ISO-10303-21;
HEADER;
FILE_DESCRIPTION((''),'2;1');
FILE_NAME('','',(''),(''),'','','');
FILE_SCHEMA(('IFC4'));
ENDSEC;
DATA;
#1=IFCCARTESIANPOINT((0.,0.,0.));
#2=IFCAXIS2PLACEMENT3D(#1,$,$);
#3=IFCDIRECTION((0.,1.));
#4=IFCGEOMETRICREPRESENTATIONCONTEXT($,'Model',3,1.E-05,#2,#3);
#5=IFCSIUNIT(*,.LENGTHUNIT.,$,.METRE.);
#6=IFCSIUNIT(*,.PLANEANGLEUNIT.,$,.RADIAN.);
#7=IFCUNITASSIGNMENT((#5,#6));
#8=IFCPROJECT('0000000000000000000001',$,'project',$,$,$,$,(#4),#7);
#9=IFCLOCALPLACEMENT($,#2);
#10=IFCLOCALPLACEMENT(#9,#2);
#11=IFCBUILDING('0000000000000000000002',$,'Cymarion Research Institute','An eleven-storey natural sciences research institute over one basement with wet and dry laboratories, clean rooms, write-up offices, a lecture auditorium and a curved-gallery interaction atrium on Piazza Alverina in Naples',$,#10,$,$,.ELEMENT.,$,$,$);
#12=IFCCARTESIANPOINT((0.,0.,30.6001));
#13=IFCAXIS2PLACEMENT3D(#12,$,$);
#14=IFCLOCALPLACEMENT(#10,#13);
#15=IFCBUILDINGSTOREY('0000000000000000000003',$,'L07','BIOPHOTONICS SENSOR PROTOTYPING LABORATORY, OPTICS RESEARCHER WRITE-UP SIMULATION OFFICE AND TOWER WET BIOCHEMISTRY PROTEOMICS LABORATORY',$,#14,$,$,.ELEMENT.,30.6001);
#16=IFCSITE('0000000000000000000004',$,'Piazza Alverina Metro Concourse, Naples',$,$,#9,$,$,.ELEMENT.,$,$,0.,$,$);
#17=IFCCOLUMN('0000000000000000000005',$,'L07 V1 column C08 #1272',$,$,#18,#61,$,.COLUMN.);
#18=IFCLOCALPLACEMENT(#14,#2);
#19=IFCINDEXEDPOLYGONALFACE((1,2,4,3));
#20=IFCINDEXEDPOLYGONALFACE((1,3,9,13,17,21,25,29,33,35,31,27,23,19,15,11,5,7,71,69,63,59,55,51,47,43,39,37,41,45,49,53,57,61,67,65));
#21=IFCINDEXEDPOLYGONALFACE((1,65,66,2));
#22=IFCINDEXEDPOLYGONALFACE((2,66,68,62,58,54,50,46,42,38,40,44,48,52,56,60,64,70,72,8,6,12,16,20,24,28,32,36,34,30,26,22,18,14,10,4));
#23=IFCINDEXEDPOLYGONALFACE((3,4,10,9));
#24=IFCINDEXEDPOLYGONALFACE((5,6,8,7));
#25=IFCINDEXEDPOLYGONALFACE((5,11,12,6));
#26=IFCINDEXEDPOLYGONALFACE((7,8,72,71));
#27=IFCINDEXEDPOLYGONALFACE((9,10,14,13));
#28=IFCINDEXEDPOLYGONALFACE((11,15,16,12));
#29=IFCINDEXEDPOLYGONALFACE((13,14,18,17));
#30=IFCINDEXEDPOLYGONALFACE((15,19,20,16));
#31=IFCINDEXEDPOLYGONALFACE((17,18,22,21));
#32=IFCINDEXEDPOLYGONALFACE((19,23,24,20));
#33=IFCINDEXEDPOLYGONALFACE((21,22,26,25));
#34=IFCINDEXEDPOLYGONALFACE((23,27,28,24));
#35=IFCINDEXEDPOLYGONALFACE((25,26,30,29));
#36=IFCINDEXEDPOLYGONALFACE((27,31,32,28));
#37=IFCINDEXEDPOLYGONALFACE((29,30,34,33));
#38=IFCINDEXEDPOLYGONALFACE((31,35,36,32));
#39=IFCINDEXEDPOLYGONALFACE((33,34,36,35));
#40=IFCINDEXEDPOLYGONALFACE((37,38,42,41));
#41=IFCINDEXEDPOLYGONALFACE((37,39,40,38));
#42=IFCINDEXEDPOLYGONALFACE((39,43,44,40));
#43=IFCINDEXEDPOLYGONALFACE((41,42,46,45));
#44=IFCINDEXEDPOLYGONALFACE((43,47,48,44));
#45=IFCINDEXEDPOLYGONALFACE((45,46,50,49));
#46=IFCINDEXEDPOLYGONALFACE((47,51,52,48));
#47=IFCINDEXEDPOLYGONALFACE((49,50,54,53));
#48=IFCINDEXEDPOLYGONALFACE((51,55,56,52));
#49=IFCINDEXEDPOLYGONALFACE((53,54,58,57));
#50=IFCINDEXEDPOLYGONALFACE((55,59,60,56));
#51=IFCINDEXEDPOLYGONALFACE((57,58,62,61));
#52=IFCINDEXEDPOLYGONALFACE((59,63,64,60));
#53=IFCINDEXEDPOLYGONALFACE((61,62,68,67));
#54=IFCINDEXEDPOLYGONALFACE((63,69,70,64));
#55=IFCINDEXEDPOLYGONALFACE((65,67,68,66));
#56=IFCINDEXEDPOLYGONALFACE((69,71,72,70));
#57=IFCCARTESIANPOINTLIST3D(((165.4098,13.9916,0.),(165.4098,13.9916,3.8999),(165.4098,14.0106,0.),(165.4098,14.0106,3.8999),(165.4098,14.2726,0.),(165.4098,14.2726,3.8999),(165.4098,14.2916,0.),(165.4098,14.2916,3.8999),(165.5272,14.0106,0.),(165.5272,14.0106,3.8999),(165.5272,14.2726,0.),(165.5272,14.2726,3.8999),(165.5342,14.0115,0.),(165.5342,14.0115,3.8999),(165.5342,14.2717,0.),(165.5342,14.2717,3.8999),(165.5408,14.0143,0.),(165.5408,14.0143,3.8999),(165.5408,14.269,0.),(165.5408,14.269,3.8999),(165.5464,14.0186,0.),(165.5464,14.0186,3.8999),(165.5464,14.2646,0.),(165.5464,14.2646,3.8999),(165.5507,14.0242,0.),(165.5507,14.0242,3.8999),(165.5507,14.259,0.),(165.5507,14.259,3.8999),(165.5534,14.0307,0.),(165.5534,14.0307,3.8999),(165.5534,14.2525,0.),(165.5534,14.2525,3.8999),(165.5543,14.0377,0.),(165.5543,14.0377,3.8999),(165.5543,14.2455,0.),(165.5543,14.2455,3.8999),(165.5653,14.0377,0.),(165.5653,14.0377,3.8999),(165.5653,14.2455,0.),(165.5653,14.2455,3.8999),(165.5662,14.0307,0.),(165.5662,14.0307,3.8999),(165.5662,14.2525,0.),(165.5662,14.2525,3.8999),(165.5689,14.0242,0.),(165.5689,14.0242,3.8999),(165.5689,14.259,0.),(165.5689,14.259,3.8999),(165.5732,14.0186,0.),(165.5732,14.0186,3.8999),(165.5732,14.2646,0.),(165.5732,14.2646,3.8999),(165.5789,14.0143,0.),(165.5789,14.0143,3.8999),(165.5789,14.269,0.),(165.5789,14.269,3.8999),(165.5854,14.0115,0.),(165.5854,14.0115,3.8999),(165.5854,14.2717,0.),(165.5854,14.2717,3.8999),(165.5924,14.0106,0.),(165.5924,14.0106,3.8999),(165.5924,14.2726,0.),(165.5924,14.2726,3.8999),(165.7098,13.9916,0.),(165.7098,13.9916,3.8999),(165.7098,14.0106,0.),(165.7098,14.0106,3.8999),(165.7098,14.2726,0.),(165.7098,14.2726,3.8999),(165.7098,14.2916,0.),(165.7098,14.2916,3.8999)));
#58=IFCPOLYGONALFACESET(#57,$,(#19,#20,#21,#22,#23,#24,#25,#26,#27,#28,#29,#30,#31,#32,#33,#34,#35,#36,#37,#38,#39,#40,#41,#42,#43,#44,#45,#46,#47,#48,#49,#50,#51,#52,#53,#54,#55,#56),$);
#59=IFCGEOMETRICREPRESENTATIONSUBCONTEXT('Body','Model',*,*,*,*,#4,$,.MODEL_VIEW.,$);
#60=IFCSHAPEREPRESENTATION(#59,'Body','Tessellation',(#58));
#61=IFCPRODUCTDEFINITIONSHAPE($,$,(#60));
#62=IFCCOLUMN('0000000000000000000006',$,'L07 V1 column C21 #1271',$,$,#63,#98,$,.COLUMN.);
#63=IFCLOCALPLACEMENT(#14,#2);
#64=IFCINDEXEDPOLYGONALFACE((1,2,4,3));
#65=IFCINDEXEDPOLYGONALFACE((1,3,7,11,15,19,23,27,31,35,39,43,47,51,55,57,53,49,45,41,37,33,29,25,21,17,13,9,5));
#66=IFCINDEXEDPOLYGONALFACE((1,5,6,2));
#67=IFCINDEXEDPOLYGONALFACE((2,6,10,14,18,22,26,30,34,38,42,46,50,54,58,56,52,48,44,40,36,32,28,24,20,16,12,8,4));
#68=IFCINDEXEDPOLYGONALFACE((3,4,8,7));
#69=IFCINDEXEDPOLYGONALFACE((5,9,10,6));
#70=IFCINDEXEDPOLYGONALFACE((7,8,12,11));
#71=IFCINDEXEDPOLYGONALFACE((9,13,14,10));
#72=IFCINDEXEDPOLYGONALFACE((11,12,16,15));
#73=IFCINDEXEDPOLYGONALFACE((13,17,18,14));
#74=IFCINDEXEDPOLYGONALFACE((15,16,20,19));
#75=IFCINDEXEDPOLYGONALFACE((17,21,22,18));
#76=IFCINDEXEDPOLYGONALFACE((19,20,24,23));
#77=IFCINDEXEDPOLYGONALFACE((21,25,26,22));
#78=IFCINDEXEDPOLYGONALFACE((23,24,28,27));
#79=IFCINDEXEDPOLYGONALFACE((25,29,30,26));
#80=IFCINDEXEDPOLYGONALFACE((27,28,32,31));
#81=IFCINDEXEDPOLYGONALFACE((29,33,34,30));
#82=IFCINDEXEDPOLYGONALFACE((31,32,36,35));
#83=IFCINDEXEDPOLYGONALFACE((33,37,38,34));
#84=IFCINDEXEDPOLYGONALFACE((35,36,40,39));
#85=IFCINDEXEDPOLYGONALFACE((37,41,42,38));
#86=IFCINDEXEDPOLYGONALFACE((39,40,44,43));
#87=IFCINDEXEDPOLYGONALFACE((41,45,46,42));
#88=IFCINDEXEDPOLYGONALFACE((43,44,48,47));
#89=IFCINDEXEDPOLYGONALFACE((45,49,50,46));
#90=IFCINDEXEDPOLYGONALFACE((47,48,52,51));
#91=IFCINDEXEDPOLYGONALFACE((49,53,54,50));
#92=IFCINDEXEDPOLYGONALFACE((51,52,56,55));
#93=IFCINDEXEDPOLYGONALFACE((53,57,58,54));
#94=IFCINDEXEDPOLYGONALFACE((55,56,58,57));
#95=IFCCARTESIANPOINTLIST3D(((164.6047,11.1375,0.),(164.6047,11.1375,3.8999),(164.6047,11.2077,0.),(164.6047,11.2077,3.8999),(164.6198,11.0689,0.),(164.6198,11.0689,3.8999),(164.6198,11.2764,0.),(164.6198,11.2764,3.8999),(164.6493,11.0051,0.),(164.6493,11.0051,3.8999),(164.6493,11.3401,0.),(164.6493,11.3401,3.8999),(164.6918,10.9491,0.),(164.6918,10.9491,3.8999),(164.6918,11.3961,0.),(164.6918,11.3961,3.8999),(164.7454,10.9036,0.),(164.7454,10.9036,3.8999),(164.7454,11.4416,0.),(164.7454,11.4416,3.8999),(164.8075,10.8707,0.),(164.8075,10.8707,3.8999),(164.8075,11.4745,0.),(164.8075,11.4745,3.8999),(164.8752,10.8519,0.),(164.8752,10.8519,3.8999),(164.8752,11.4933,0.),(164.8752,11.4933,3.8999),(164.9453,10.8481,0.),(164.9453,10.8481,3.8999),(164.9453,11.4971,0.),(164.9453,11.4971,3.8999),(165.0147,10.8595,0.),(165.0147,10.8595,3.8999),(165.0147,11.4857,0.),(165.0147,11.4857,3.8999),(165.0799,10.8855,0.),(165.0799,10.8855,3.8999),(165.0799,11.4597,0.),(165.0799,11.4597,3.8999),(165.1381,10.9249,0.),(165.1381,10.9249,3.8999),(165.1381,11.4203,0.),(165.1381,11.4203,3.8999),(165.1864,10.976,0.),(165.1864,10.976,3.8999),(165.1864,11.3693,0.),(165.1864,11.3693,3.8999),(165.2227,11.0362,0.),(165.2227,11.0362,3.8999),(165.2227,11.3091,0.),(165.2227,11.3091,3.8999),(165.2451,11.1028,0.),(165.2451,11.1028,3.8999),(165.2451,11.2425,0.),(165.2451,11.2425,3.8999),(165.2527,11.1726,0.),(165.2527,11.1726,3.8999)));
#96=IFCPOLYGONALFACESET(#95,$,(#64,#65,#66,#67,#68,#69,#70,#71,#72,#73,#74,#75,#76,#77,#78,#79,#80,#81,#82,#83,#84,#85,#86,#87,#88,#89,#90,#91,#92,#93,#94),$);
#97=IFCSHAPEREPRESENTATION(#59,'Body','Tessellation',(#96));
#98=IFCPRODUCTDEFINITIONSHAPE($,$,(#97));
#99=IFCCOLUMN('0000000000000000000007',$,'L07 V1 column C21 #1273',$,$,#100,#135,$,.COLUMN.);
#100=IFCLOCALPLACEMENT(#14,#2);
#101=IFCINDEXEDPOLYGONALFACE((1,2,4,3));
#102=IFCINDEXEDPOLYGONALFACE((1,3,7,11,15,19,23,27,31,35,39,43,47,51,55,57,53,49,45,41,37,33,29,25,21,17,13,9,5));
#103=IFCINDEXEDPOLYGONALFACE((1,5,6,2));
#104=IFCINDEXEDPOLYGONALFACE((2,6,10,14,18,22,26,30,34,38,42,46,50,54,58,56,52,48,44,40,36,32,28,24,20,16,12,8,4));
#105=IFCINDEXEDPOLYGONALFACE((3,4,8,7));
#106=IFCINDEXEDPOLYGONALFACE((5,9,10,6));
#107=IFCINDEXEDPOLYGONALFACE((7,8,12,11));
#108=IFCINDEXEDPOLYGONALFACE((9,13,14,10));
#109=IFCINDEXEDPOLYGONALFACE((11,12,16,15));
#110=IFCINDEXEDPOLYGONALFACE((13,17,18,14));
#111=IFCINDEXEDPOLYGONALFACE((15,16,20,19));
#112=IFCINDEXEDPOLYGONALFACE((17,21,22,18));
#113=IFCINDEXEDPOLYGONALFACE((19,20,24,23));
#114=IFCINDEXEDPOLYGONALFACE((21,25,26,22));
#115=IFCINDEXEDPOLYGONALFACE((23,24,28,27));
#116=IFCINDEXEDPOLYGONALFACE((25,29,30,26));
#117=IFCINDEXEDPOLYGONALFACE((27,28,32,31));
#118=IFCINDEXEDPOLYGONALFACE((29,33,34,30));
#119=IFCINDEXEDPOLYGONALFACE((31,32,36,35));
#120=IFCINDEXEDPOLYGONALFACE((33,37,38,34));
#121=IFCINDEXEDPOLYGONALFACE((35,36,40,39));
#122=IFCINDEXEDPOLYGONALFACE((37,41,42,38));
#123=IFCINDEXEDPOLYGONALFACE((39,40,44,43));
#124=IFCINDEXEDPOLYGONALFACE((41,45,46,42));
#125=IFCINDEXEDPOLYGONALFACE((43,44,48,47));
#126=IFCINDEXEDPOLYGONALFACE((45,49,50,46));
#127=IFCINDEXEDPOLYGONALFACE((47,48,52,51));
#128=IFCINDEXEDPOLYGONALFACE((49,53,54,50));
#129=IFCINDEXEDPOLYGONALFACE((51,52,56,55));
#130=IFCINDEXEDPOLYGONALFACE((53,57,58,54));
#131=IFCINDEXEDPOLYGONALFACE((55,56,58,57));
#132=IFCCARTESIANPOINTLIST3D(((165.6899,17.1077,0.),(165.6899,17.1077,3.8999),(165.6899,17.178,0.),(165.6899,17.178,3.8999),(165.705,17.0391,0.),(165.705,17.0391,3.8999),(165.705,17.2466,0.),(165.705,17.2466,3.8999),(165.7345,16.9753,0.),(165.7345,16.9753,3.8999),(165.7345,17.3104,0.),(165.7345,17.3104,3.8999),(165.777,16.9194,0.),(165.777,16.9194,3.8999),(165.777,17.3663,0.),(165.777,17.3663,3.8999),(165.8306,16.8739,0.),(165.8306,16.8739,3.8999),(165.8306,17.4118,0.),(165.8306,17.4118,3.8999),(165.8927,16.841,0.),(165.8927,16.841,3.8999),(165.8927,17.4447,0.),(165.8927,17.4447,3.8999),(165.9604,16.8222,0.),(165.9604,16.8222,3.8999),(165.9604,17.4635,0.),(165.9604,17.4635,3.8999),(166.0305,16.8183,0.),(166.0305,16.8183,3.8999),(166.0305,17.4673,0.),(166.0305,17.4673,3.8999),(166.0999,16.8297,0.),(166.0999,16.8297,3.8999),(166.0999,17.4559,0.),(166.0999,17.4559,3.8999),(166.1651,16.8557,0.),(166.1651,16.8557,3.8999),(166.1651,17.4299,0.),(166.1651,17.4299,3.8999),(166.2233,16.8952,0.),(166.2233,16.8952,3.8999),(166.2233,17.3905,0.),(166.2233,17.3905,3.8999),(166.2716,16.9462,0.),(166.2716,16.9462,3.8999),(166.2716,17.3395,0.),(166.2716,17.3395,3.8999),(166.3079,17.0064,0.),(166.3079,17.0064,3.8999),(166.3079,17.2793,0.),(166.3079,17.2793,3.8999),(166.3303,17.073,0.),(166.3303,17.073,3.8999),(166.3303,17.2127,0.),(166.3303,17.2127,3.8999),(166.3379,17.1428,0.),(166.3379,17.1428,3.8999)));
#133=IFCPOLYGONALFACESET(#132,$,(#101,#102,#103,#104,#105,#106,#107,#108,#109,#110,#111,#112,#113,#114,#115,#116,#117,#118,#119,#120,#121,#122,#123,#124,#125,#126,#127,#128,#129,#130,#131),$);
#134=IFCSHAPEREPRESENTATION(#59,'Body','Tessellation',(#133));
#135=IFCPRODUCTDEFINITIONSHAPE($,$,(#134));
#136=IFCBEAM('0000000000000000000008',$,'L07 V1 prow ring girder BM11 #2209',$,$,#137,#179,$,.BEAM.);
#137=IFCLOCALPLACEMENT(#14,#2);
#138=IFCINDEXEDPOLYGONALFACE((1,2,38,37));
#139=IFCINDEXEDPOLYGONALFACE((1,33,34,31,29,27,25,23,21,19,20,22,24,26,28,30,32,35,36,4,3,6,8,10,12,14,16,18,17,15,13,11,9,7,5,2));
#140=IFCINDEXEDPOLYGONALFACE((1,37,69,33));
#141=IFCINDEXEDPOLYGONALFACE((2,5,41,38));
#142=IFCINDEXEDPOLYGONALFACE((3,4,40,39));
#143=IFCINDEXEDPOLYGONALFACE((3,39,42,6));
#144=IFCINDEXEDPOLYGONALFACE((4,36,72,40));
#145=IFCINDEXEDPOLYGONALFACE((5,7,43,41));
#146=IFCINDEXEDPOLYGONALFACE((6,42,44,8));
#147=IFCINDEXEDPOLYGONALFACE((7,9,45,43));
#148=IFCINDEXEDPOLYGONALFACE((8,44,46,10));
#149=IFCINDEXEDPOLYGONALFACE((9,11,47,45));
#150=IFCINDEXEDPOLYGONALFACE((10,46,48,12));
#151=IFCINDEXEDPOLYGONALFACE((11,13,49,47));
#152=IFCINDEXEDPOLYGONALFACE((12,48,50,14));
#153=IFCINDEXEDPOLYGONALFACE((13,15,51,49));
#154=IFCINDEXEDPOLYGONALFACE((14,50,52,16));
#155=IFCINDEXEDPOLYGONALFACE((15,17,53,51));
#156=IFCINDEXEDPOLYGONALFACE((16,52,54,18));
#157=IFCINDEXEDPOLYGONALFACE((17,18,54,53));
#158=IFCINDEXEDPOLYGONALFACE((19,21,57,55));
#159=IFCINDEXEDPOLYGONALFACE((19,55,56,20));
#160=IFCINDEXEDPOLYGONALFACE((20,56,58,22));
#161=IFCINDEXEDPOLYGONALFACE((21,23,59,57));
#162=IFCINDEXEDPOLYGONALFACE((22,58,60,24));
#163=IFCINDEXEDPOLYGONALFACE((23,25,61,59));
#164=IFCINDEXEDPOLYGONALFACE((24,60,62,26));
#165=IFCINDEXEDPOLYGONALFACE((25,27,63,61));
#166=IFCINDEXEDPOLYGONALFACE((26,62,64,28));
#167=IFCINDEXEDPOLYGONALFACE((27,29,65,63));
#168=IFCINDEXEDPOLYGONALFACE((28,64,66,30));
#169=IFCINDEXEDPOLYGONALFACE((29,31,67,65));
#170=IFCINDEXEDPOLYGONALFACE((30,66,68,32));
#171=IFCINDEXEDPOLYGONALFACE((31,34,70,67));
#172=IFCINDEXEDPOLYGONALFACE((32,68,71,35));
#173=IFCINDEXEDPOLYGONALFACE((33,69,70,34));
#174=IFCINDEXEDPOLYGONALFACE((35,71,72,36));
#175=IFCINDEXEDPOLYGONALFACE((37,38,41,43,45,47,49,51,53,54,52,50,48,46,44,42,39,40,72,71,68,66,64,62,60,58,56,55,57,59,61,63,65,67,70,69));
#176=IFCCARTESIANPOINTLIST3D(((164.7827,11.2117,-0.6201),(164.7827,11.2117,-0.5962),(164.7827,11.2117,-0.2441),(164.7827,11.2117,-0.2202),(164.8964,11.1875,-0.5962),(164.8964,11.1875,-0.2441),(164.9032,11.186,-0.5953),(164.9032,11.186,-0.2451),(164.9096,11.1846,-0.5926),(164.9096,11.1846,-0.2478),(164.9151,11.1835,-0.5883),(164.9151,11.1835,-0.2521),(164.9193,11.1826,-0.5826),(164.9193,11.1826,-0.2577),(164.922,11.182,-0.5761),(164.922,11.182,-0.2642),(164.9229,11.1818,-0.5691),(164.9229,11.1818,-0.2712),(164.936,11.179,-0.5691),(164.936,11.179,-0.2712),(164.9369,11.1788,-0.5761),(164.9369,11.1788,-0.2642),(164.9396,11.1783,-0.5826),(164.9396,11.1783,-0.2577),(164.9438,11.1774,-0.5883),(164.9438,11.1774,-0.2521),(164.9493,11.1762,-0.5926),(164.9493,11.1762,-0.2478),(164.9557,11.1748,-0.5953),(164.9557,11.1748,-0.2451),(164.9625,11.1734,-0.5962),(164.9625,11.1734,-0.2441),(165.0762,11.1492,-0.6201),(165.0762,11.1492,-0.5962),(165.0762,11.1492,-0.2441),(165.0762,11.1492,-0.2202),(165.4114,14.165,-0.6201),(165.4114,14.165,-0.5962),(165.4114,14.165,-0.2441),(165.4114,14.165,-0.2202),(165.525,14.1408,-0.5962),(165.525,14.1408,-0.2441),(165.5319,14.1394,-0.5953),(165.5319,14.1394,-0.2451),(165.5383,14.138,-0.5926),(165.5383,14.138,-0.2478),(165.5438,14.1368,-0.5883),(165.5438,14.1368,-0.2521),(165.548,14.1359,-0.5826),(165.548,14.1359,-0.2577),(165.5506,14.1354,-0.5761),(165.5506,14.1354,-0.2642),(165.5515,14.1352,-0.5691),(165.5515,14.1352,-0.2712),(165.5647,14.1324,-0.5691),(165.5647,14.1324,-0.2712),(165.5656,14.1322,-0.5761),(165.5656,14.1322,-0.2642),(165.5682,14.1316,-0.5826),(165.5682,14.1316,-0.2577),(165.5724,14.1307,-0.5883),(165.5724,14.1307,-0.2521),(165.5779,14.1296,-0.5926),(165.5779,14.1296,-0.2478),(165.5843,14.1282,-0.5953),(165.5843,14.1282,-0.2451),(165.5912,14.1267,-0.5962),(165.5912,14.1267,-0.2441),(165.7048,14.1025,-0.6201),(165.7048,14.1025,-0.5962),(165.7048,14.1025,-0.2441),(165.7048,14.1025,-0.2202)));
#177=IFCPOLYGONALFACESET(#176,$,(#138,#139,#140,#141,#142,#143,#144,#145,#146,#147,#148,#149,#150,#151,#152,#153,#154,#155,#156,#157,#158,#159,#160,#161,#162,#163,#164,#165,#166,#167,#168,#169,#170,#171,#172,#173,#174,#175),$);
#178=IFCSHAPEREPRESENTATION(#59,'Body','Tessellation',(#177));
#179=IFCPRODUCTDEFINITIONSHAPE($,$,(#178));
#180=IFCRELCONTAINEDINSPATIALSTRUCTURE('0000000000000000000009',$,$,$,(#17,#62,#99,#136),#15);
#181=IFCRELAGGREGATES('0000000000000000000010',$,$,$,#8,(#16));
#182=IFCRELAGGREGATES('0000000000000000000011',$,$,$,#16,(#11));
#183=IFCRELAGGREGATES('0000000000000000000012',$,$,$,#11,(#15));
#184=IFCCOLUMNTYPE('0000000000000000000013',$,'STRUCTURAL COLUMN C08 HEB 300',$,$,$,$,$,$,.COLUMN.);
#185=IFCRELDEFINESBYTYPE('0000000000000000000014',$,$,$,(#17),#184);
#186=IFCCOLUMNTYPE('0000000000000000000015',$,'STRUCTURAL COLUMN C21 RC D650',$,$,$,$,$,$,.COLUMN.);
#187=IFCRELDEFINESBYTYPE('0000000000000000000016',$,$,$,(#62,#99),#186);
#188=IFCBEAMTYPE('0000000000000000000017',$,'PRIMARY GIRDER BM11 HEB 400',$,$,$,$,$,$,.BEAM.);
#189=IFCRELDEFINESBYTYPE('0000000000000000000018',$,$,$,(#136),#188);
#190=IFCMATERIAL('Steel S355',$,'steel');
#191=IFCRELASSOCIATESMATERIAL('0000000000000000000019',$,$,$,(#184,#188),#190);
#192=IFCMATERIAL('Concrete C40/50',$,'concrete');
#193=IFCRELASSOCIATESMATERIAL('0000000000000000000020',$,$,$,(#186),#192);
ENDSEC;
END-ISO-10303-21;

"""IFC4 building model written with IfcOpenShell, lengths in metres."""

from ifc_helpers import new_model, si_unit, direction, frame, origin, origin_2d, place, context, subcontext, project, spatial, circle, i_section, extrude, material, material_profile, profile_set, type_object, element, save


model = new_model("IFC4")

# Units and contexts
model_context = context("Model", 3, precision=1e-05, world=origin(), true_north=direction((0.0, 1.0)))
body_context = subcontext(model_context, "Body", "Model", "MODEL_VIEW")
ifc_project = project(units=[si_unit("LENGTHUNIT", "METRE"), si_unit("PLANEANGLEUNIT", "RADIAN")], contexts=[model_context])

# Site, building, storey
site_placement = place(None, origin())
site = spatial("IfcSite", under=ifc_project, at=site_placement, Name="Piazza Alverina Metro Concourse, Naples", CompositionType="ELEMENT", RefElevation=0.0)
building_placement = place(site_placement, origin())
building = spatial("IfcBuilding", under=site, at=building_placement, Name="Cymarion Research Institute", Description="An eleven-storey natural sciences research institute over one basement with wet and dry laboratories, clean rooms, write-up offices, a lecture auditorium and a curved-gallery interaction atrium on Piazza Alverina in Naples", CompositionType="ELEMENT")
storey_placement = place(building_placement, frame((0.0, 0.0, 30.6001)))
storey = spatial("IfcBuildingStorey", under=building, at=storey_placement, Name="L07", Description="BIOPHOTONICS SENSOR PROTOTYPING LABORATORY, OPTICS RESEARCHER WRITE-UP SIMULATION OFFICE AND TOWER WET BIOCHEMISTRY PROTEOMICS LABORATORY", CompositionType="ELEMENT", Elevation=30.6001)

# Columns
ifc_material_1 = material(Name="Steel S355", Category="steel")
ifc_material_profile_1 = material_profile(ifc_material_1, i_section(OverallWidth=0.3, OverallDepth=0.3, WebThickness=0.011, FlangeThickness=0.019, FilletRadius=0.0271, at=origin_2d()), Name="HEB 300")
ifc_profile_set_1 = profile_set([ifc_material_profile_1], Name="Steel S355")
column_type_1 = type_object("IfcColumnType", Name="STRUCTURAL COLUMN C08 HEB 300", PredefinedType="COLUMN", material=ifc_profile_set_1)
column_placement = place(storey_placement, frame((165.5598, 14.1416, 0.0), z_axis=(0.0, 0.0, 1.0), x_axis=(1.0, 0.0, 0.0)))
element("IfcColumn", 1, at=column_placement, inside=storey, type_object=column_type_1, Name="L07 V1 column C08 #1272", PredefinedType="COLUMN", context=body_context, shape_type="SweptSolid", body=[
    extrude(i_section(OverallWidth=0.3, OverallDepth=0.3, WebThickness=0.011, FlangeThickness=0.019, FilletRadius=0.0271, at=origin_2d()), origin(), (0.0, 0.0, 1.0), 3.8999),
])
ifc_material_2 = material(Name="Concrete C40/50", Category="concrete")
ifc_material_profile_2 = material_profile(ifc_material_2, circle(Radius=0.325, at=origin_2d()), Name="RC D650")
ifc_profile_set_2 = profile_set([ifc_material_profile_2], Name="Concrete C40/50")
column_type_2 = type_object("IfcColumnType", Name="STRUCTURAL COLUMN C21 RC D650", PredefinedType="COLUMN", material=ifc_profile_set_2)
for number, where, z_axis, x_axis, name in (
    (2, (164.9277, 11.1726, 0.0), (0.0, 0.0, 1.0), (1.0, 0.0, 0.0), "L07 V1 column C21 #1271"),
    (3, (166.0129, 17.1428, 0.0), (0.0, 0.0, 1.0), (1.0, 0.0, 0.0), "L07 V1 column C21 #1273"),
):
    element("IfcColumn", number, at=place(storey_placement, frame(where, z_axis=z_axis, x_axis=x_axis)), inside=storey, type_object=column_type_2, Name=name, PredefinedType="COLUMN", context=body_context, shape_type="SweptSolid", body=[
        extrude(circle(Radius=0.325, at=origin_2d()), origin(), (0.0, 0.0, 1.0), 3.8999),
    ])

# Beam
ifc_material_profile_3 = material_profile(ifc_material_1, i_section(OverallWidth=0.3, OverallDepth=0.3999, WebThickness=0.0134, FlangeThickness=0.0239, FilletRadius=0.0271, at=origin_2d()), Name="HEB 400")
ifc_profile_set_3 = profile_set([ifc_material_profile_3], Name="Steel S355")
beam_type = type_object("IfcBeamType", Name="PRIMARY GIRDER BM11 HEB 400", PredefinedType="BEAM", material=ifc_profile_set_3)
for number, where, z_axis, x_axis, name in (
    (4, (164.9294, 11.1804, -0.4202), (0.208198, 0.978087, 0.0), (-0.978087, 0.208198, 0.0), "L07 V1 prow ring girder BM11 #2209"),
):
    element("IfcBeam", number, at=place(storey_placement, frame(where, z_axis=z_axis, x_axis=x_axis)), inside=storey, type_object=beam_type, Name=name, PredefinedType="BEAM", context=body_context, shape_type="SweptSolid", body=[
        extrude(i_section(OverallWidth=0.3, OverallDepth=0.3999, WebThickness=0.0134, FlangeThickness=0.0239, FilletRadius=0.0271, at=origin_2d()), origin(), (0.0, 0.0, 1.0), 3.0195),
    ])

save(model, "model.ifc")
